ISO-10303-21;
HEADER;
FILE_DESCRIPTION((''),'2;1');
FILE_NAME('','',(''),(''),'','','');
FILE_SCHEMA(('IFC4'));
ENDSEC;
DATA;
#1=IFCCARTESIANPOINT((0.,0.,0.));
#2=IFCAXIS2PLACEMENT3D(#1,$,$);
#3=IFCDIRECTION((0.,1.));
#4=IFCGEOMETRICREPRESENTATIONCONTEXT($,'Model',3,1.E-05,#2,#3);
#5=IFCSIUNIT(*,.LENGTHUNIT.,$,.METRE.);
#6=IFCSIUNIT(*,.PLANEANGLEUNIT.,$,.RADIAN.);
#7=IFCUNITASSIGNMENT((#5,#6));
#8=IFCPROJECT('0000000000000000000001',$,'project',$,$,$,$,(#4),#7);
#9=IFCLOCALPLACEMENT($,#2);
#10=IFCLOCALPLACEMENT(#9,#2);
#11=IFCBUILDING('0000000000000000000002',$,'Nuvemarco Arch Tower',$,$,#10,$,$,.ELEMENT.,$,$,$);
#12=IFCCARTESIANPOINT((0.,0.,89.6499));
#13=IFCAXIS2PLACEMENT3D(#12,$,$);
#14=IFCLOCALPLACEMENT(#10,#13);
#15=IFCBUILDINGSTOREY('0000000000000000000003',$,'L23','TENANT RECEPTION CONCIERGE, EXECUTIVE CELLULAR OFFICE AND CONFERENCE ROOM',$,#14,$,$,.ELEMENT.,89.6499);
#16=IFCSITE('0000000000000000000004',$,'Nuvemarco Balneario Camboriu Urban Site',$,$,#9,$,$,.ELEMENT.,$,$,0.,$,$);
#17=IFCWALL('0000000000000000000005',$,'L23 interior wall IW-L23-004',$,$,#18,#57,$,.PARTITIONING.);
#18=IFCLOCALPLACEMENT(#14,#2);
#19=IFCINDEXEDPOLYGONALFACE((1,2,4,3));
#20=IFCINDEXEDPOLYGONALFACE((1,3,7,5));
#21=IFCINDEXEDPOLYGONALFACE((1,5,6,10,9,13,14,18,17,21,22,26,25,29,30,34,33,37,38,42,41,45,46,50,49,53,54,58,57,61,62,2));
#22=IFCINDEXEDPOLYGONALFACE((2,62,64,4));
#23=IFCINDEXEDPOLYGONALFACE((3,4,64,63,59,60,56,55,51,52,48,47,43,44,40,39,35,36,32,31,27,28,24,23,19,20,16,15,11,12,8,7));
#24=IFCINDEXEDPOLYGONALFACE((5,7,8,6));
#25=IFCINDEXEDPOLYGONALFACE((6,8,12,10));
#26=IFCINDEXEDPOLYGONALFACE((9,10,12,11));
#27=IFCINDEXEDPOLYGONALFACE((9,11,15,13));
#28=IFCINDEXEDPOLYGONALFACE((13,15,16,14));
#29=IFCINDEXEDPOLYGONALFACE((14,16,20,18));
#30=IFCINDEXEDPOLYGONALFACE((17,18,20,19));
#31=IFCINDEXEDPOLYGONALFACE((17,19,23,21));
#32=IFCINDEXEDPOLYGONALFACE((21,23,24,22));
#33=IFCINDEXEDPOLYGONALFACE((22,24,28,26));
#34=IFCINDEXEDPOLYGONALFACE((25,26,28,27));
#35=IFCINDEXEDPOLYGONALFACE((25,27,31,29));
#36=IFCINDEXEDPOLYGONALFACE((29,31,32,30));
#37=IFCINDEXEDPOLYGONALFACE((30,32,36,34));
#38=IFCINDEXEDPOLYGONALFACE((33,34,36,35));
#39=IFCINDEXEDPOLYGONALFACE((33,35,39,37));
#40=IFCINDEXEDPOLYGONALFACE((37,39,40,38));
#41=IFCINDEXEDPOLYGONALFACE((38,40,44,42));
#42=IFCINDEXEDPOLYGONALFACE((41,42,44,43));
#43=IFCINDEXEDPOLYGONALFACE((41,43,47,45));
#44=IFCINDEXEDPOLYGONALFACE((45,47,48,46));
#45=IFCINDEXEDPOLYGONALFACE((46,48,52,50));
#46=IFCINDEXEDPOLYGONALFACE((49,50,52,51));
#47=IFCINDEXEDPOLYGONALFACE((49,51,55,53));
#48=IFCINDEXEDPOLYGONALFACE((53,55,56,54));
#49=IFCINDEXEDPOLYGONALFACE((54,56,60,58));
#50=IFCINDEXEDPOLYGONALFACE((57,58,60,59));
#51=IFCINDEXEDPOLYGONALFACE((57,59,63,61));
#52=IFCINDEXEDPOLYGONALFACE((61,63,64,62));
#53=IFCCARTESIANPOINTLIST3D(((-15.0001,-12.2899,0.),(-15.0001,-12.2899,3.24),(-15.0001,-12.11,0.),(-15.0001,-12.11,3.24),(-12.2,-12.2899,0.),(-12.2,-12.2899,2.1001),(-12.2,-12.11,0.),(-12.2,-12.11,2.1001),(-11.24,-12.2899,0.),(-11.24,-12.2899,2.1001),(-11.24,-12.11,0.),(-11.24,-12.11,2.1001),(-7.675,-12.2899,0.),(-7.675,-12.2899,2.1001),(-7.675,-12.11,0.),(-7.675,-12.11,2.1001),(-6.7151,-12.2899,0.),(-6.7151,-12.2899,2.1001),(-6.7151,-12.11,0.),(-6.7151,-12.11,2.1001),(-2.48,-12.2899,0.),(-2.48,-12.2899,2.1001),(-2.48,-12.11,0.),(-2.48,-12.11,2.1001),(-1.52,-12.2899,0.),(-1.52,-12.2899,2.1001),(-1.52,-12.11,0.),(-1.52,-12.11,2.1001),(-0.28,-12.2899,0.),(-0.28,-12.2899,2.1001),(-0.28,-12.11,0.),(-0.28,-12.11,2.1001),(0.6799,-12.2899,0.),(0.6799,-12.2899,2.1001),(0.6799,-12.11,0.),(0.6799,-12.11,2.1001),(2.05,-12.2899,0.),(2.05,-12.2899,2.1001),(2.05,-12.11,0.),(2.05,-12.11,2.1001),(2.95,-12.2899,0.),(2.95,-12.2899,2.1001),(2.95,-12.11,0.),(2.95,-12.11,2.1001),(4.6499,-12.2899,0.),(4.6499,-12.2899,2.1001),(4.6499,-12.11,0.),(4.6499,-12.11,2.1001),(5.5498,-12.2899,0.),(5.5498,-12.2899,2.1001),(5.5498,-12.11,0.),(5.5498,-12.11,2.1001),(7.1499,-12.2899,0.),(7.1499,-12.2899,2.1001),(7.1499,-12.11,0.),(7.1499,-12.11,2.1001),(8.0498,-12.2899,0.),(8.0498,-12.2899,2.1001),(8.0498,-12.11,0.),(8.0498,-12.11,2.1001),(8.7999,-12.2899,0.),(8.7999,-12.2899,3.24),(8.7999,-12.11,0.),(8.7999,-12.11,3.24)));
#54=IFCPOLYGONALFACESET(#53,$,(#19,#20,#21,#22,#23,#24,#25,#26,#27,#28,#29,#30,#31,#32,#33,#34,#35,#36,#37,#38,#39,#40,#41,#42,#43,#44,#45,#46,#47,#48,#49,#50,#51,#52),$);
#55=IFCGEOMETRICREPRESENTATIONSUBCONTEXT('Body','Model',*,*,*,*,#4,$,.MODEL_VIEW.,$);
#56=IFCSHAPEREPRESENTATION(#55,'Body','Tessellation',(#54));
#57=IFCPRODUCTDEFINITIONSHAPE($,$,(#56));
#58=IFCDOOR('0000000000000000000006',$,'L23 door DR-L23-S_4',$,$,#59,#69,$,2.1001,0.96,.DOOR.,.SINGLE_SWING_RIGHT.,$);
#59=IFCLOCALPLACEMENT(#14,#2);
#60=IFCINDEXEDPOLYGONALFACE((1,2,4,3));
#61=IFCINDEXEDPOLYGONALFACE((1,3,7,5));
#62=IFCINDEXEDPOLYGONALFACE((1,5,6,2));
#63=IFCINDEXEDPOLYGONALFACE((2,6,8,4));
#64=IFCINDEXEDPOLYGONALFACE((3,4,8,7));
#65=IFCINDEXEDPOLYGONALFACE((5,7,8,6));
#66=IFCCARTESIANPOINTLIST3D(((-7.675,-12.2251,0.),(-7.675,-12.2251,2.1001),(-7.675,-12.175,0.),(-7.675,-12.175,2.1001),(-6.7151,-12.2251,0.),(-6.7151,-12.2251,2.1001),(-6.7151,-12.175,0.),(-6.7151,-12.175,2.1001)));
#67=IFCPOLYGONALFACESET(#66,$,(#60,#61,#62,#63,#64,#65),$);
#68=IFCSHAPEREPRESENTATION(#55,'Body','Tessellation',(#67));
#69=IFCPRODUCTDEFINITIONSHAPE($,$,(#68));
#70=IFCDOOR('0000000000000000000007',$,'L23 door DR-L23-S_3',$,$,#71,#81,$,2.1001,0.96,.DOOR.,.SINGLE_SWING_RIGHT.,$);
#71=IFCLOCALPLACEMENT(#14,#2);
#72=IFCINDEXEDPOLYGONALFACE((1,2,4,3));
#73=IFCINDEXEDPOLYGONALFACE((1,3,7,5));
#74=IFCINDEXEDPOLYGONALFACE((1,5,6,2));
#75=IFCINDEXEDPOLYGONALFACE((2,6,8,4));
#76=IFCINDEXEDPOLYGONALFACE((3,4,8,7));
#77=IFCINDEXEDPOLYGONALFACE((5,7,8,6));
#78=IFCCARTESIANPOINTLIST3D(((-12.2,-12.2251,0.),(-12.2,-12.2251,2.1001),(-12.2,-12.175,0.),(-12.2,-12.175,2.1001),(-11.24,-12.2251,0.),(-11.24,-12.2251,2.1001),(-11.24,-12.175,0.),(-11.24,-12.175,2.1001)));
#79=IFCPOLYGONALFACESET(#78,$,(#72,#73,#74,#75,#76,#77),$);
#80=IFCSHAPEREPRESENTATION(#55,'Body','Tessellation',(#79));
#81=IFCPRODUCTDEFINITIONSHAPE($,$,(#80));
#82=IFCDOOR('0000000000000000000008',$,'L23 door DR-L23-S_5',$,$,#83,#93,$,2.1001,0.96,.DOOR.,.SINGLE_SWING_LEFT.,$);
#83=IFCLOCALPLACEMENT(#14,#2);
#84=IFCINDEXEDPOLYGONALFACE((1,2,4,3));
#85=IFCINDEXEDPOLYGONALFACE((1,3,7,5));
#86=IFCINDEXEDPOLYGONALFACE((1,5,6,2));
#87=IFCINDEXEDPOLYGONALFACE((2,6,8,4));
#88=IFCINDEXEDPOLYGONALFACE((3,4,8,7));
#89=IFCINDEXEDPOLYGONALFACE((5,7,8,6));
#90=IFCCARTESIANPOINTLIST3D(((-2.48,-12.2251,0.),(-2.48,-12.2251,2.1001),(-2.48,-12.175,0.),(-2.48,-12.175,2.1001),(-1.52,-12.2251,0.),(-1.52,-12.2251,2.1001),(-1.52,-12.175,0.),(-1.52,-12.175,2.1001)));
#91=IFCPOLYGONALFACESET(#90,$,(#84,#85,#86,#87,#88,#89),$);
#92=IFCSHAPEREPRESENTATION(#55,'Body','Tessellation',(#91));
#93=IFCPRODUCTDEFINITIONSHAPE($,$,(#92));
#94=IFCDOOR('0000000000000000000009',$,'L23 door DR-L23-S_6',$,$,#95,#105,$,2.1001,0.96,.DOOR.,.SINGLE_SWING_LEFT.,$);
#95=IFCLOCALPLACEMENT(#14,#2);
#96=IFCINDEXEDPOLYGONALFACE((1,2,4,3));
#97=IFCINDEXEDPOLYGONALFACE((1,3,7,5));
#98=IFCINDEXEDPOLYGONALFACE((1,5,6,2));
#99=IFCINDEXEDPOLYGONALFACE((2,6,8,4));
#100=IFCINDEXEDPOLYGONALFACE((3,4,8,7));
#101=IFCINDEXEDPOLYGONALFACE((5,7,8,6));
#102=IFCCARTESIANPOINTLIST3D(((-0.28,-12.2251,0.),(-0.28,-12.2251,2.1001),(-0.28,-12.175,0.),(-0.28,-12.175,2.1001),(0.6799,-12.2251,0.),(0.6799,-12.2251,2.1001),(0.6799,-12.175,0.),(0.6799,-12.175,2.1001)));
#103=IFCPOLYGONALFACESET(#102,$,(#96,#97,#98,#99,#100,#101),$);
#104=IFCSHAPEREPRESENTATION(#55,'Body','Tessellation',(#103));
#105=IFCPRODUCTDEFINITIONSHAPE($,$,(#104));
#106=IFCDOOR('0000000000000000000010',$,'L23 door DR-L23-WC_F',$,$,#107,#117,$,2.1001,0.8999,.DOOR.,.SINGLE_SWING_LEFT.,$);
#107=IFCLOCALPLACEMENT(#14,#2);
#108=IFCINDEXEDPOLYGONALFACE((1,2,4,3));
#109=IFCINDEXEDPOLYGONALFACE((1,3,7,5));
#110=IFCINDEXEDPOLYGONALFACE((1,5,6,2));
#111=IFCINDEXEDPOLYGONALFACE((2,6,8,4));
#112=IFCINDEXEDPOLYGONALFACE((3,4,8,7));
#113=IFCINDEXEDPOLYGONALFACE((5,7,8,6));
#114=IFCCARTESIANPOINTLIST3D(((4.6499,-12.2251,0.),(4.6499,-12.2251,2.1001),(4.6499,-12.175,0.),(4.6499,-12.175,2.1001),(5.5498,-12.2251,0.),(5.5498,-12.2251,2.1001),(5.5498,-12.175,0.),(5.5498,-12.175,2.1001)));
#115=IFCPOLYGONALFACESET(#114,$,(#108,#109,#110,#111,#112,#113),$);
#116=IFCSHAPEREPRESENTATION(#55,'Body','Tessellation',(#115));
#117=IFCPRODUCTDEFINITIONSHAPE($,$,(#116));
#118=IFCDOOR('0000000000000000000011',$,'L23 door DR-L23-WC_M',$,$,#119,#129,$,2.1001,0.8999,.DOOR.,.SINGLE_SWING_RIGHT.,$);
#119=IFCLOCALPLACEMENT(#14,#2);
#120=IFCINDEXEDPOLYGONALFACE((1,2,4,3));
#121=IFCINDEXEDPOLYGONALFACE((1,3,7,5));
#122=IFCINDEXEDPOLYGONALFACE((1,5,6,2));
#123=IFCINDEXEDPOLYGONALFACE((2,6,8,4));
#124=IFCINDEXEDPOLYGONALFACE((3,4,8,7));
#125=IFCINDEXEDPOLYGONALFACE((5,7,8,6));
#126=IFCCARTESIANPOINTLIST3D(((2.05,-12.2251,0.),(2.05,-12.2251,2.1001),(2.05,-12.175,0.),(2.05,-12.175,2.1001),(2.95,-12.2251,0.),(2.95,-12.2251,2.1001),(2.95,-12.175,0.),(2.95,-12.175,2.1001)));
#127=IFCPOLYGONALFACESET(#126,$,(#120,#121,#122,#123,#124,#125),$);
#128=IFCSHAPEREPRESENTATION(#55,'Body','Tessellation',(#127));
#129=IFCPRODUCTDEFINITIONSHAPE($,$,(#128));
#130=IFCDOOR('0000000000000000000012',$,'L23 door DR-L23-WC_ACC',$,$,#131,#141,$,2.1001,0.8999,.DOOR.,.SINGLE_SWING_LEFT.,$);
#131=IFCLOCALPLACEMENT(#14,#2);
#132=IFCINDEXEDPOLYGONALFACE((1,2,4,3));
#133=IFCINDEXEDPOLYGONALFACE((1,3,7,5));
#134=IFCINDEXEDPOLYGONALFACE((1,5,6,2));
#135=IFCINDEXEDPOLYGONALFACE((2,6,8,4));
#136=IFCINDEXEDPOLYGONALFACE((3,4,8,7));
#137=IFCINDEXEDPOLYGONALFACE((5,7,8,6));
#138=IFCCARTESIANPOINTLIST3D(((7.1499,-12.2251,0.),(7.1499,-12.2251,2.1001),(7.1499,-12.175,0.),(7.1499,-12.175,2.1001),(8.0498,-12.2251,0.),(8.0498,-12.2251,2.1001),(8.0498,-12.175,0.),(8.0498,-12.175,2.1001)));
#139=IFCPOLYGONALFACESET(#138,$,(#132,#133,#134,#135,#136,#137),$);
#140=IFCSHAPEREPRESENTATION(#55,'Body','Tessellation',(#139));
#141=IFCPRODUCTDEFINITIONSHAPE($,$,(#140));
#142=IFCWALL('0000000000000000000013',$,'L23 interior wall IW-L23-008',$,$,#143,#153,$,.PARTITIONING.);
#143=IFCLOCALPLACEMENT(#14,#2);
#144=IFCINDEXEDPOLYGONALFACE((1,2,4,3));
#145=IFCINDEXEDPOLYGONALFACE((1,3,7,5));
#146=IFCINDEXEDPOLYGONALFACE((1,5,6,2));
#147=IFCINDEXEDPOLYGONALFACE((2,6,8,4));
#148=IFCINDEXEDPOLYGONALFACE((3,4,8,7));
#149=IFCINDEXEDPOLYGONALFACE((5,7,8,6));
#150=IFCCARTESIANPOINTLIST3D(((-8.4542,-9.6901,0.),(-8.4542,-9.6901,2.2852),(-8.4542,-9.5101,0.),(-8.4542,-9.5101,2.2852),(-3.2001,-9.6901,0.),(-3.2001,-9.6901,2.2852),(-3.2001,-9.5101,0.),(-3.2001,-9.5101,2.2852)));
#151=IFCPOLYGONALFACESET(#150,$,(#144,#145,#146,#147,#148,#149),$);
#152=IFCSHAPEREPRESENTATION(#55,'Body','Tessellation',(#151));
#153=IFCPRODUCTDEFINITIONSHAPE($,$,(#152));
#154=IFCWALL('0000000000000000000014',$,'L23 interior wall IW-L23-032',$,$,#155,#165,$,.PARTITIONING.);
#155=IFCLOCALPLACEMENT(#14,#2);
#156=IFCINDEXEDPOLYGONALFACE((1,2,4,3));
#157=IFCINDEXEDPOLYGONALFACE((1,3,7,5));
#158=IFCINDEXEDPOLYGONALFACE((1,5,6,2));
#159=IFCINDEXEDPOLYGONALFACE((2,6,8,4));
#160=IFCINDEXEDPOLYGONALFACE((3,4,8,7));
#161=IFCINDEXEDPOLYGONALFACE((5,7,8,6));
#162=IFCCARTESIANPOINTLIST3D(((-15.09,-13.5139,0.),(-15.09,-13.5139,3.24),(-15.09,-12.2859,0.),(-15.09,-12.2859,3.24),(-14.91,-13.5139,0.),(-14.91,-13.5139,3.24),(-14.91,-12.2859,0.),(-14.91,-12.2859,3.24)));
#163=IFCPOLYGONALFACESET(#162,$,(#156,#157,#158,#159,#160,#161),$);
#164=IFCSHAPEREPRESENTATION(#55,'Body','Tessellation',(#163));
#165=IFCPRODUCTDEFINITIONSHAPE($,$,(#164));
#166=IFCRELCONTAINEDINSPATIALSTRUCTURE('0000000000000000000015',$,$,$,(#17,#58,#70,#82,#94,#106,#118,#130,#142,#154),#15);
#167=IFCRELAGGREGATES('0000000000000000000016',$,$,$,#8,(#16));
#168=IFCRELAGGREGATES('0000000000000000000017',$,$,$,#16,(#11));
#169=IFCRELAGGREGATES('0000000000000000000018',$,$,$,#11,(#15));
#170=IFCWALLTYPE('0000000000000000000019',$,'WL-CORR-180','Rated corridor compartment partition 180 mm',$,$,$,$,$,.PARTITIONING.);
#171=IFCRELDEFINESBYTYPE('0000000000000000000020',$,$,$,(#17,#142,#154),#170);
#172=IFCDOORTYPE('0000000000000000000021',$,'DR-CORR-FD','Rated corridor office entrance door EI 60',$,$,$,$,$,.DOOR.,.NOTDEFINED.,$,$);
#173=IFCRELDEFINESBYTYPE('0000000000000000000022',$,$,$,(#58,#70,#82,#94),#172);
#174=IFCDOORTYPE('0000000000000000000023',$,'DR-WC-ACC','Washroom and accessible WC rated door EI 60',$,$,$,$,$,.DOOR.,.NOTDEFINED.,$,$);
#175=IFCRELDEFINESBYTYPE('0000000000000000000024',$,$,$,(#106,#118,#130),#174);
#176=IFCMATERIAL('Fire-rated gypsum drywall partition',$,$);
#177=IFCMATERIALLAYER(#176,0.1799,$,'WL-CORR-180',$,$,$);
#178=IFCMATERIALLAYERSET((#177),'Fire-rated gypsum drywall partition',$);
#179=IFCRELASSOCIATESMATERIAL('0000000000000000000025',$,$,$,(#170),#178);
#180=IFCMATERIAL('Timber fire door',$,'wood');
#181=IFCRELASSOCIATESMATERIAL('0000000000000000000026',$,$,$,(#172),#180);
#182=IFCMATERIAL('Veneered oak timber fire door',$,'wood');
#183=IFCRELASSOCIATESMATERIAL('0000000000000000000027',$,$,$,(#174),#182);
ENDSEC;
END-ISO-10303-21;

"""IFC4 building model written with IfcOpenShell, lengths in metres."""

from ifc_helpers import new_model, si_unit, direction, frame, frame_2d, origin, place, context, subcontext, project, spatial, rectangle, extrude, source, transform, mapped, material, layer, layer_set, type_object, type_shapes, element, fill, save


model = new_model("IFC4")

# Units and contexts
model_context = context("Model", 3, precision=1e-05, world=origin(), true_north=direction((0.0, 1.0)))
body_context = subcontext(model_context, "Body", "Model", "MODEL_VIEW")
ifc_project = project(units=[si_unit("LENGTHUNIT", "METRE"), si_unit("PLANEANGLEUNIT", "RADIAN")], contexts=[model_context])

# Site, building, storey
site_placement = place(None, origin())
site = spatial("IfcSite", under=ifc_project, at=site_placement, Name="Nuvemarco Balneario Camboriu Urban Site", CompositionType="ELEMENT", RefElevation=0.0)
building_placement = place(site_placement, origin())
building = spatial("IfcBuilding", under=site, at=building_placement, Name="Nuvemarco Arch Tower", CompositionType="ELEMENT")
storey_placement = place(building_placement, frame((0.0, 0.0, 89.6499)))
storey = spatial("IfcBuildingStorey", under=building, at=storey_placement, Name="L23", Description="TENANT RECEPTION CONCIERGE, EXECUTIVE CELLULAR OFFICE AND CONFERENCE ROOM", CompositionType="ELEMENT", Elevation=89.6499)

# Wall, openings, doors
ifc_material_1 = material(Name="Fire-rated gypsum drywall partition")
ifc_layer_1 = layer(ifc_material_1, 0.1799, Name="WL-CORR-180")
ifc_layer_set_1 = layer_set([ifc_layer_1], Name="Fire-rated gypsum drywall partition")
wall_type_1 = type_object("IfcWallType", Name="WL-CORR-180", Description="Rated corridor compartment partition 180 mm", PredefinedType="PARTITIONING", material=ifc_layer_set_1)
wall_1_placement = place(storey_placement, frame((-15.0, -12.2, 0.0), z_axis=(0.0, 0.0, 1.0), x_axis=(1.0, 0.0, 0.0)))
wall_1 = element("IfcWall", 1, at=wall_1_placement, inside=storey, type_object=wall_type_1, Name="L23 interior wall IW-L23-004", PredefinedType="PARTITIONING", context=body_context, shape_type="SweptSolid", body=[
    extrude(rectangle(XDim=23.8, YDim=0.1799, at=frame_2d((11.8999, 0.0))), origin(), (0.0, 0.0, 1.0), 3.24),
])
opening_1_placement = place(wall_1_placement, frame((7.325, 0.0, 0.0)))
opening_1 = element("IfcOpeningElement", 2, at=opening_1_placement, cuts=wall_1, PredefinedType="OPENING", context=body_context, shape_type="SweptSolid", body=[
    extrude(rectangle(XDim=0.96, YDim=2.1001, at=frame_2d((0.48, 1.05))), frame((0.0, 0.0999, 0.0), z_axis=(0.0, -1.0, 0.0), x_axis=(1.0, 0.0, 0.0)), (0.0, 0.0, 1.0), 0.2),
])
opening_2_placement = place(wall_1_placement, frame((2.8, 0.0, 0.0)))
opening_2 = element("IfcOpeningElement", 3, at=opening_2_placement, cuts=wall_1, PredefinedType="OPENING", context=body_context, shape_type="SweptSolid", body=[
    extrude(rectangle(XDim=0.96, YDim=2.1001, at=frame_2d((0.48, 1.05))), frame((0.0, 0.0999, 0.0), z_axis=(0.0, -1.0, 0.0), x_axis=(1.0, 0.0, 0.0)), (0.0, 0.0, 1.0), 0.2),
])
opening_3_placement = place(wall_1_placement, frame((19.6499, 0.0, 0.0)))
opening_3 = element("IfcOpeningElement", 4, at=opening_3_placement, cuts=wall_1, PredefinedType="OPENING", context=body_context, shape_type="SweptSolid", body=[
    extrude(rectangle(XDim=0.8999, YDim=2.1001, at=frame_2d((0.45, 1.05))), frame((0.0, 0.0999, 0.0), z_axis=(0.0, -1.0, 0.0), x_axis=(1.0, 0.0, 0.0)), (0.0, 0.0, 1.0), 0.2),
])
opening_4_placement = place(wall_1_placement, frame((17.05, 0.0, 0.0)))
opening_4 = element("IfcOpeningElement", 5, at=opening_4_placement, cuts=wall_1, PredefinedType="OPENING", context=body_context, shape_type="SweptSolid", body=[
    extrude(rectangle(XDim=0.8999, YDim=2.1001, at=frame_2d((0.45, 1.05))), frame((0.0, 0.0999, 0.0), z_axis=(0.0, -1.0, 0.0), x_axis=(1.0, 0.0, 0.0)), (0.0, 0.0, 1.0), 0.2),
])
opening_5_placement = place(wall_1_placement, frame((22.1499, 0.0, 0.0)))
opening_5 = element("IfcOpeningElement", 6, at=opening_5_placement, cuts=wall_1, PredefinedType="OPENING", context=body_context, shape_type="SweptSolid", body=[
    extrude(rectangle(XDim=0.8999, YDim=2.1001, at=frame_2d((0.45, 1.05))), frame((0.0, 0.0999, 0.0), z_axis=(0.0, -1.0, 0.0), x_axis=(1.0, 0.0, 0.0)), (0.0, 0.0, 1.0), 0.2),
])
opening_6_placement = place(wall_1_placement, frame((12.52, 0.0, 0.0)))
opening_6 = element("IfcOpeningElement", 7, at=opening_6_placement, cuts=wall_1, PredefinedType="OPENING", context=body_context, shape_type="SweptSolid", body=[
    extrude(rectangle(XDim=0.96, YDim=2.1001, at=frame_2d((0.48, 1.05))), frame((0.0, 0.0999, 0.0), z_axis=(0.0, -1.0, 0.0), x_axis=(1.0, 0.0, 0.0)), (0.0, 0.0, 1.0), 0.2),
])
opening_7_placement = place(wall_1_placement, frame((14.72, 0.0, 0.0)))
opening_7 = element("IfcOpeningElement", 8, at=opening_7_placement, cuts=wall_1, PredefinedType="OPENING", context=body_context, shape_type="SweptSolid", body=[
    extrude(rectangle(XDim=0.96, YDim=2.1001, at=frame_2d((0.48, 1.05))), frame((0.0, 0.0999, 0.0), z_axis=(0.0, -1.0, 0.0), x_axis=(1.0, 0.0, 0.0)), (0.0, 0.0, 1.0), 0.2),
])
ifc_material_2 = material(Name="Timber fire door", Category="wood")
door_type_1 = type_object("IfcDoorType", Name="DR-CORR-FD", Description="Rated corridor office entrance door EI 60", OperationType="NOTDEFINED", PredefinedType="DOOR", material=ifc_material_2)
shared_shape_1 = source(origin(), body_context, "Body", "SweptSolid", [
    extrude(rectangle(XDim=0.96, YDim=2.1001, at=frame_2d((0.48, 1.05))), frame((0.0, 0.0249, 0.0), z_axis=(0.0, -1.0, 0.0), x_axis=(1.0, 0.0, 0.0)), (0.0, 0.0, 1.0), 0.05),
])
type_shapes(door_type_1, [shared_shape_1])
door_1_placement = place(opening_1_placement, origin())
door_1 = element("IfcDoor", 9, at=door_1_placement, inside=storey, type_object=door_type_1, Name="L23 door DR-L23-S_4", OperationType="SINGLE_SWING_RIGHT", OverallHeight=2.1001, OverallWidth=0.96, PredefinedType="DOOR", context=body_context, shape_type="MappedRepresentation", body=[
    mapped(shared_shape_1, transform((0.0, 0.0, 0.0), scale=1.0)),
])
fill(opening_1, door_1)
door_2_placement = place(opening_2_placement, origin())
door_2 = element("IfcDoor", 10, at=door_2_placement, inside=storey, type_object=door_type_1, Name="L23 door DR-L23-S_3", OperationType="SINGLE_SWING_RIGHT", OverallHeight=2.1001, OverallWidth=0.96, PredefinedType="DOOR", context=body_context, shape_type="MappedRepresentation", body=[
    mapped(shared_shape_1, transform((0.0, 0.0, 0.0), scale=1.0)),
])
fill(opening_2, door_2)
door_3_placement = place(opening_6_placement, origin())
door_3 = element("IfcDoor", 11, at=door_3_placement, inside=storey, type_object=door_type_1, Name="L23 door DR-L23-S_5", OperationType="SINGLE_SWING_LEFT", OverallHeight=2.1001, OverallWidth=0.96, PredefinedType="DOOR", context=body_context, shape_type="MappedRepresentation", body=[
    mapped(shared_shape_1, transform((0.0, 0.0, 0.0), scale=1.0)),
])
fill(opening_6, door_3)
door_4_placement = place(opening_7_placement, origin())
door_4 = element("IfcDoor", 12, at=door_4_placement, inside=storey, type_object=door_type_1, Name="L23 door DR-L23-S_6", OperationType="SINGLE_SWING_LEFT", OverallHeight=2.1001, OverallWidth=0.96, PredefinedType="DOOR", context=body_context, shape_type="MappedRepresentation", body=[
    mapped(shared_shape_1, transform((0.0, 0.0, 0.0), scale=1.0)),
])
fill(opening_7, door_4)
ifc_material_3 = material(Name="Veneered oak timber fire door", Category="wood")
door_type_2 = type_object("IfcDoorType", Name="DR-WC-ACC", Description="Washroom and accessible WC rated door EI 60", OperationType="NOTDEFINED", PredefinedType="DOOR", material=ifc_material_3)
shared_shape_2 = source(origin(), body_context, "Body", "SweptSolid", [
    extrude(rectangle(XDim=0.8999, YDim=2.1001, at=frame_2d((0.45, 1.05))), frame((0.0, 0.0249, 0.0), z_axis=(0.0, -1.0, 0.0), x_axis=(1.0, 0.0, 0.0)), (0.0, 0.0, 1.0), 0.05),
])
type_shapes(door_type_2, [shared_shape_2])
door_5_placement = place(opening_3_placement, origin())
door_5 = element("IfcDoor", 13, at=door_5_placement, inside=storey, type_object=door_type_2, Name="L23 door DR-L23-WC_F", OperationType="SINGLE_SWING_LEFT", OverallHeight=2.1001, OverallWidth=0.8999, PredefinedType="DOOR", context=body_context, shape_type="MappedRepresentation", body=[
    mapped(shared_shape_2, transform((0.0, 0.0, 0.0), scale=1.0)),
])
fill(opening_3, door_5)
door_6_placement = place(opening_4_placement, origin())
door_6 = element("IfcDoor", 14, at=door_6_placement, inside=storey, type_object=door_type_2, Name="L23 door DR-L23-WC_M", OperationType="SINGLE_SWING_RIGHT", OverallHeight=2.1001, OverallWidth=0.8999, PredefinedType="DOOR", context=body_context, shape_type="MappedRepresentation", body=[
    mapped(shared_shape_2, transform((0.0, 0.0, 0.0), scale=1.0)),
])
fill(opening_4, door_6)
door_7_placement = place(opening_5_placement, origin())
door_7 = element("IfcDoor", 15, at=door_7_placement, inside=storey, type_object=door_type_2, Name="L23 door DR-L23-WC_ACC", OperationType="SINGLE_SWING_LEFT", OverallHeight=2.1001, OverallWidth=0.8999, PredefinedType="DOOR", context=body_context, shape_type="MappedRepresentation", body=[
    mapped(shared_shape_2, transform((0.0, 0.0, 0.0), scale=1.0)),
])
fill(opening_5, door_7)

# Walls
wall_2_placement = place(storey_placement, frame((-8.4541, -9.6001, 0.0), z_axis=(0.0, 0.0, 1.0), x_axis=(1.0, 0.0, 0.0)))
element("IfcWall", 16, at=wall_2_placement, inside=storey, type_object=wall_type_1, Name="L23 interior wall IW-L23-008", PredefinedType="PARTITIONING", context=body_context, shape_type="SweptSolid", body=[
    extrude(rectangle(XDim=5.2542, YDim=0.1799, at=frame_2d((2.627, 0.0))), origin(), (0.0, 0.0, 1.0), 2.2852),
])
wall_3_placement = place(storey_placement, frame((-15.0, -13.5139, 0.0), z_axis=(0.0, 0.0, 1.0), x_axis=(0.0, 1.0, 0.0)))
element("IfcWall", 17, at=wall_3_placement, inside=storey, type_object=wall_type_1, Name="L23 interior wall IW-L23-032", PredefinedType="PARTITIONING", context=body_context, shape_type="SweptSolid", body=[
    extrude(rectangle(XDim=1.228, YDim=0.1799, at=frame_2d((0.614, 0.0))), origin(), (0.0, 0.0, 1.0), 3.24),
])

save(model, "model.ifc")
